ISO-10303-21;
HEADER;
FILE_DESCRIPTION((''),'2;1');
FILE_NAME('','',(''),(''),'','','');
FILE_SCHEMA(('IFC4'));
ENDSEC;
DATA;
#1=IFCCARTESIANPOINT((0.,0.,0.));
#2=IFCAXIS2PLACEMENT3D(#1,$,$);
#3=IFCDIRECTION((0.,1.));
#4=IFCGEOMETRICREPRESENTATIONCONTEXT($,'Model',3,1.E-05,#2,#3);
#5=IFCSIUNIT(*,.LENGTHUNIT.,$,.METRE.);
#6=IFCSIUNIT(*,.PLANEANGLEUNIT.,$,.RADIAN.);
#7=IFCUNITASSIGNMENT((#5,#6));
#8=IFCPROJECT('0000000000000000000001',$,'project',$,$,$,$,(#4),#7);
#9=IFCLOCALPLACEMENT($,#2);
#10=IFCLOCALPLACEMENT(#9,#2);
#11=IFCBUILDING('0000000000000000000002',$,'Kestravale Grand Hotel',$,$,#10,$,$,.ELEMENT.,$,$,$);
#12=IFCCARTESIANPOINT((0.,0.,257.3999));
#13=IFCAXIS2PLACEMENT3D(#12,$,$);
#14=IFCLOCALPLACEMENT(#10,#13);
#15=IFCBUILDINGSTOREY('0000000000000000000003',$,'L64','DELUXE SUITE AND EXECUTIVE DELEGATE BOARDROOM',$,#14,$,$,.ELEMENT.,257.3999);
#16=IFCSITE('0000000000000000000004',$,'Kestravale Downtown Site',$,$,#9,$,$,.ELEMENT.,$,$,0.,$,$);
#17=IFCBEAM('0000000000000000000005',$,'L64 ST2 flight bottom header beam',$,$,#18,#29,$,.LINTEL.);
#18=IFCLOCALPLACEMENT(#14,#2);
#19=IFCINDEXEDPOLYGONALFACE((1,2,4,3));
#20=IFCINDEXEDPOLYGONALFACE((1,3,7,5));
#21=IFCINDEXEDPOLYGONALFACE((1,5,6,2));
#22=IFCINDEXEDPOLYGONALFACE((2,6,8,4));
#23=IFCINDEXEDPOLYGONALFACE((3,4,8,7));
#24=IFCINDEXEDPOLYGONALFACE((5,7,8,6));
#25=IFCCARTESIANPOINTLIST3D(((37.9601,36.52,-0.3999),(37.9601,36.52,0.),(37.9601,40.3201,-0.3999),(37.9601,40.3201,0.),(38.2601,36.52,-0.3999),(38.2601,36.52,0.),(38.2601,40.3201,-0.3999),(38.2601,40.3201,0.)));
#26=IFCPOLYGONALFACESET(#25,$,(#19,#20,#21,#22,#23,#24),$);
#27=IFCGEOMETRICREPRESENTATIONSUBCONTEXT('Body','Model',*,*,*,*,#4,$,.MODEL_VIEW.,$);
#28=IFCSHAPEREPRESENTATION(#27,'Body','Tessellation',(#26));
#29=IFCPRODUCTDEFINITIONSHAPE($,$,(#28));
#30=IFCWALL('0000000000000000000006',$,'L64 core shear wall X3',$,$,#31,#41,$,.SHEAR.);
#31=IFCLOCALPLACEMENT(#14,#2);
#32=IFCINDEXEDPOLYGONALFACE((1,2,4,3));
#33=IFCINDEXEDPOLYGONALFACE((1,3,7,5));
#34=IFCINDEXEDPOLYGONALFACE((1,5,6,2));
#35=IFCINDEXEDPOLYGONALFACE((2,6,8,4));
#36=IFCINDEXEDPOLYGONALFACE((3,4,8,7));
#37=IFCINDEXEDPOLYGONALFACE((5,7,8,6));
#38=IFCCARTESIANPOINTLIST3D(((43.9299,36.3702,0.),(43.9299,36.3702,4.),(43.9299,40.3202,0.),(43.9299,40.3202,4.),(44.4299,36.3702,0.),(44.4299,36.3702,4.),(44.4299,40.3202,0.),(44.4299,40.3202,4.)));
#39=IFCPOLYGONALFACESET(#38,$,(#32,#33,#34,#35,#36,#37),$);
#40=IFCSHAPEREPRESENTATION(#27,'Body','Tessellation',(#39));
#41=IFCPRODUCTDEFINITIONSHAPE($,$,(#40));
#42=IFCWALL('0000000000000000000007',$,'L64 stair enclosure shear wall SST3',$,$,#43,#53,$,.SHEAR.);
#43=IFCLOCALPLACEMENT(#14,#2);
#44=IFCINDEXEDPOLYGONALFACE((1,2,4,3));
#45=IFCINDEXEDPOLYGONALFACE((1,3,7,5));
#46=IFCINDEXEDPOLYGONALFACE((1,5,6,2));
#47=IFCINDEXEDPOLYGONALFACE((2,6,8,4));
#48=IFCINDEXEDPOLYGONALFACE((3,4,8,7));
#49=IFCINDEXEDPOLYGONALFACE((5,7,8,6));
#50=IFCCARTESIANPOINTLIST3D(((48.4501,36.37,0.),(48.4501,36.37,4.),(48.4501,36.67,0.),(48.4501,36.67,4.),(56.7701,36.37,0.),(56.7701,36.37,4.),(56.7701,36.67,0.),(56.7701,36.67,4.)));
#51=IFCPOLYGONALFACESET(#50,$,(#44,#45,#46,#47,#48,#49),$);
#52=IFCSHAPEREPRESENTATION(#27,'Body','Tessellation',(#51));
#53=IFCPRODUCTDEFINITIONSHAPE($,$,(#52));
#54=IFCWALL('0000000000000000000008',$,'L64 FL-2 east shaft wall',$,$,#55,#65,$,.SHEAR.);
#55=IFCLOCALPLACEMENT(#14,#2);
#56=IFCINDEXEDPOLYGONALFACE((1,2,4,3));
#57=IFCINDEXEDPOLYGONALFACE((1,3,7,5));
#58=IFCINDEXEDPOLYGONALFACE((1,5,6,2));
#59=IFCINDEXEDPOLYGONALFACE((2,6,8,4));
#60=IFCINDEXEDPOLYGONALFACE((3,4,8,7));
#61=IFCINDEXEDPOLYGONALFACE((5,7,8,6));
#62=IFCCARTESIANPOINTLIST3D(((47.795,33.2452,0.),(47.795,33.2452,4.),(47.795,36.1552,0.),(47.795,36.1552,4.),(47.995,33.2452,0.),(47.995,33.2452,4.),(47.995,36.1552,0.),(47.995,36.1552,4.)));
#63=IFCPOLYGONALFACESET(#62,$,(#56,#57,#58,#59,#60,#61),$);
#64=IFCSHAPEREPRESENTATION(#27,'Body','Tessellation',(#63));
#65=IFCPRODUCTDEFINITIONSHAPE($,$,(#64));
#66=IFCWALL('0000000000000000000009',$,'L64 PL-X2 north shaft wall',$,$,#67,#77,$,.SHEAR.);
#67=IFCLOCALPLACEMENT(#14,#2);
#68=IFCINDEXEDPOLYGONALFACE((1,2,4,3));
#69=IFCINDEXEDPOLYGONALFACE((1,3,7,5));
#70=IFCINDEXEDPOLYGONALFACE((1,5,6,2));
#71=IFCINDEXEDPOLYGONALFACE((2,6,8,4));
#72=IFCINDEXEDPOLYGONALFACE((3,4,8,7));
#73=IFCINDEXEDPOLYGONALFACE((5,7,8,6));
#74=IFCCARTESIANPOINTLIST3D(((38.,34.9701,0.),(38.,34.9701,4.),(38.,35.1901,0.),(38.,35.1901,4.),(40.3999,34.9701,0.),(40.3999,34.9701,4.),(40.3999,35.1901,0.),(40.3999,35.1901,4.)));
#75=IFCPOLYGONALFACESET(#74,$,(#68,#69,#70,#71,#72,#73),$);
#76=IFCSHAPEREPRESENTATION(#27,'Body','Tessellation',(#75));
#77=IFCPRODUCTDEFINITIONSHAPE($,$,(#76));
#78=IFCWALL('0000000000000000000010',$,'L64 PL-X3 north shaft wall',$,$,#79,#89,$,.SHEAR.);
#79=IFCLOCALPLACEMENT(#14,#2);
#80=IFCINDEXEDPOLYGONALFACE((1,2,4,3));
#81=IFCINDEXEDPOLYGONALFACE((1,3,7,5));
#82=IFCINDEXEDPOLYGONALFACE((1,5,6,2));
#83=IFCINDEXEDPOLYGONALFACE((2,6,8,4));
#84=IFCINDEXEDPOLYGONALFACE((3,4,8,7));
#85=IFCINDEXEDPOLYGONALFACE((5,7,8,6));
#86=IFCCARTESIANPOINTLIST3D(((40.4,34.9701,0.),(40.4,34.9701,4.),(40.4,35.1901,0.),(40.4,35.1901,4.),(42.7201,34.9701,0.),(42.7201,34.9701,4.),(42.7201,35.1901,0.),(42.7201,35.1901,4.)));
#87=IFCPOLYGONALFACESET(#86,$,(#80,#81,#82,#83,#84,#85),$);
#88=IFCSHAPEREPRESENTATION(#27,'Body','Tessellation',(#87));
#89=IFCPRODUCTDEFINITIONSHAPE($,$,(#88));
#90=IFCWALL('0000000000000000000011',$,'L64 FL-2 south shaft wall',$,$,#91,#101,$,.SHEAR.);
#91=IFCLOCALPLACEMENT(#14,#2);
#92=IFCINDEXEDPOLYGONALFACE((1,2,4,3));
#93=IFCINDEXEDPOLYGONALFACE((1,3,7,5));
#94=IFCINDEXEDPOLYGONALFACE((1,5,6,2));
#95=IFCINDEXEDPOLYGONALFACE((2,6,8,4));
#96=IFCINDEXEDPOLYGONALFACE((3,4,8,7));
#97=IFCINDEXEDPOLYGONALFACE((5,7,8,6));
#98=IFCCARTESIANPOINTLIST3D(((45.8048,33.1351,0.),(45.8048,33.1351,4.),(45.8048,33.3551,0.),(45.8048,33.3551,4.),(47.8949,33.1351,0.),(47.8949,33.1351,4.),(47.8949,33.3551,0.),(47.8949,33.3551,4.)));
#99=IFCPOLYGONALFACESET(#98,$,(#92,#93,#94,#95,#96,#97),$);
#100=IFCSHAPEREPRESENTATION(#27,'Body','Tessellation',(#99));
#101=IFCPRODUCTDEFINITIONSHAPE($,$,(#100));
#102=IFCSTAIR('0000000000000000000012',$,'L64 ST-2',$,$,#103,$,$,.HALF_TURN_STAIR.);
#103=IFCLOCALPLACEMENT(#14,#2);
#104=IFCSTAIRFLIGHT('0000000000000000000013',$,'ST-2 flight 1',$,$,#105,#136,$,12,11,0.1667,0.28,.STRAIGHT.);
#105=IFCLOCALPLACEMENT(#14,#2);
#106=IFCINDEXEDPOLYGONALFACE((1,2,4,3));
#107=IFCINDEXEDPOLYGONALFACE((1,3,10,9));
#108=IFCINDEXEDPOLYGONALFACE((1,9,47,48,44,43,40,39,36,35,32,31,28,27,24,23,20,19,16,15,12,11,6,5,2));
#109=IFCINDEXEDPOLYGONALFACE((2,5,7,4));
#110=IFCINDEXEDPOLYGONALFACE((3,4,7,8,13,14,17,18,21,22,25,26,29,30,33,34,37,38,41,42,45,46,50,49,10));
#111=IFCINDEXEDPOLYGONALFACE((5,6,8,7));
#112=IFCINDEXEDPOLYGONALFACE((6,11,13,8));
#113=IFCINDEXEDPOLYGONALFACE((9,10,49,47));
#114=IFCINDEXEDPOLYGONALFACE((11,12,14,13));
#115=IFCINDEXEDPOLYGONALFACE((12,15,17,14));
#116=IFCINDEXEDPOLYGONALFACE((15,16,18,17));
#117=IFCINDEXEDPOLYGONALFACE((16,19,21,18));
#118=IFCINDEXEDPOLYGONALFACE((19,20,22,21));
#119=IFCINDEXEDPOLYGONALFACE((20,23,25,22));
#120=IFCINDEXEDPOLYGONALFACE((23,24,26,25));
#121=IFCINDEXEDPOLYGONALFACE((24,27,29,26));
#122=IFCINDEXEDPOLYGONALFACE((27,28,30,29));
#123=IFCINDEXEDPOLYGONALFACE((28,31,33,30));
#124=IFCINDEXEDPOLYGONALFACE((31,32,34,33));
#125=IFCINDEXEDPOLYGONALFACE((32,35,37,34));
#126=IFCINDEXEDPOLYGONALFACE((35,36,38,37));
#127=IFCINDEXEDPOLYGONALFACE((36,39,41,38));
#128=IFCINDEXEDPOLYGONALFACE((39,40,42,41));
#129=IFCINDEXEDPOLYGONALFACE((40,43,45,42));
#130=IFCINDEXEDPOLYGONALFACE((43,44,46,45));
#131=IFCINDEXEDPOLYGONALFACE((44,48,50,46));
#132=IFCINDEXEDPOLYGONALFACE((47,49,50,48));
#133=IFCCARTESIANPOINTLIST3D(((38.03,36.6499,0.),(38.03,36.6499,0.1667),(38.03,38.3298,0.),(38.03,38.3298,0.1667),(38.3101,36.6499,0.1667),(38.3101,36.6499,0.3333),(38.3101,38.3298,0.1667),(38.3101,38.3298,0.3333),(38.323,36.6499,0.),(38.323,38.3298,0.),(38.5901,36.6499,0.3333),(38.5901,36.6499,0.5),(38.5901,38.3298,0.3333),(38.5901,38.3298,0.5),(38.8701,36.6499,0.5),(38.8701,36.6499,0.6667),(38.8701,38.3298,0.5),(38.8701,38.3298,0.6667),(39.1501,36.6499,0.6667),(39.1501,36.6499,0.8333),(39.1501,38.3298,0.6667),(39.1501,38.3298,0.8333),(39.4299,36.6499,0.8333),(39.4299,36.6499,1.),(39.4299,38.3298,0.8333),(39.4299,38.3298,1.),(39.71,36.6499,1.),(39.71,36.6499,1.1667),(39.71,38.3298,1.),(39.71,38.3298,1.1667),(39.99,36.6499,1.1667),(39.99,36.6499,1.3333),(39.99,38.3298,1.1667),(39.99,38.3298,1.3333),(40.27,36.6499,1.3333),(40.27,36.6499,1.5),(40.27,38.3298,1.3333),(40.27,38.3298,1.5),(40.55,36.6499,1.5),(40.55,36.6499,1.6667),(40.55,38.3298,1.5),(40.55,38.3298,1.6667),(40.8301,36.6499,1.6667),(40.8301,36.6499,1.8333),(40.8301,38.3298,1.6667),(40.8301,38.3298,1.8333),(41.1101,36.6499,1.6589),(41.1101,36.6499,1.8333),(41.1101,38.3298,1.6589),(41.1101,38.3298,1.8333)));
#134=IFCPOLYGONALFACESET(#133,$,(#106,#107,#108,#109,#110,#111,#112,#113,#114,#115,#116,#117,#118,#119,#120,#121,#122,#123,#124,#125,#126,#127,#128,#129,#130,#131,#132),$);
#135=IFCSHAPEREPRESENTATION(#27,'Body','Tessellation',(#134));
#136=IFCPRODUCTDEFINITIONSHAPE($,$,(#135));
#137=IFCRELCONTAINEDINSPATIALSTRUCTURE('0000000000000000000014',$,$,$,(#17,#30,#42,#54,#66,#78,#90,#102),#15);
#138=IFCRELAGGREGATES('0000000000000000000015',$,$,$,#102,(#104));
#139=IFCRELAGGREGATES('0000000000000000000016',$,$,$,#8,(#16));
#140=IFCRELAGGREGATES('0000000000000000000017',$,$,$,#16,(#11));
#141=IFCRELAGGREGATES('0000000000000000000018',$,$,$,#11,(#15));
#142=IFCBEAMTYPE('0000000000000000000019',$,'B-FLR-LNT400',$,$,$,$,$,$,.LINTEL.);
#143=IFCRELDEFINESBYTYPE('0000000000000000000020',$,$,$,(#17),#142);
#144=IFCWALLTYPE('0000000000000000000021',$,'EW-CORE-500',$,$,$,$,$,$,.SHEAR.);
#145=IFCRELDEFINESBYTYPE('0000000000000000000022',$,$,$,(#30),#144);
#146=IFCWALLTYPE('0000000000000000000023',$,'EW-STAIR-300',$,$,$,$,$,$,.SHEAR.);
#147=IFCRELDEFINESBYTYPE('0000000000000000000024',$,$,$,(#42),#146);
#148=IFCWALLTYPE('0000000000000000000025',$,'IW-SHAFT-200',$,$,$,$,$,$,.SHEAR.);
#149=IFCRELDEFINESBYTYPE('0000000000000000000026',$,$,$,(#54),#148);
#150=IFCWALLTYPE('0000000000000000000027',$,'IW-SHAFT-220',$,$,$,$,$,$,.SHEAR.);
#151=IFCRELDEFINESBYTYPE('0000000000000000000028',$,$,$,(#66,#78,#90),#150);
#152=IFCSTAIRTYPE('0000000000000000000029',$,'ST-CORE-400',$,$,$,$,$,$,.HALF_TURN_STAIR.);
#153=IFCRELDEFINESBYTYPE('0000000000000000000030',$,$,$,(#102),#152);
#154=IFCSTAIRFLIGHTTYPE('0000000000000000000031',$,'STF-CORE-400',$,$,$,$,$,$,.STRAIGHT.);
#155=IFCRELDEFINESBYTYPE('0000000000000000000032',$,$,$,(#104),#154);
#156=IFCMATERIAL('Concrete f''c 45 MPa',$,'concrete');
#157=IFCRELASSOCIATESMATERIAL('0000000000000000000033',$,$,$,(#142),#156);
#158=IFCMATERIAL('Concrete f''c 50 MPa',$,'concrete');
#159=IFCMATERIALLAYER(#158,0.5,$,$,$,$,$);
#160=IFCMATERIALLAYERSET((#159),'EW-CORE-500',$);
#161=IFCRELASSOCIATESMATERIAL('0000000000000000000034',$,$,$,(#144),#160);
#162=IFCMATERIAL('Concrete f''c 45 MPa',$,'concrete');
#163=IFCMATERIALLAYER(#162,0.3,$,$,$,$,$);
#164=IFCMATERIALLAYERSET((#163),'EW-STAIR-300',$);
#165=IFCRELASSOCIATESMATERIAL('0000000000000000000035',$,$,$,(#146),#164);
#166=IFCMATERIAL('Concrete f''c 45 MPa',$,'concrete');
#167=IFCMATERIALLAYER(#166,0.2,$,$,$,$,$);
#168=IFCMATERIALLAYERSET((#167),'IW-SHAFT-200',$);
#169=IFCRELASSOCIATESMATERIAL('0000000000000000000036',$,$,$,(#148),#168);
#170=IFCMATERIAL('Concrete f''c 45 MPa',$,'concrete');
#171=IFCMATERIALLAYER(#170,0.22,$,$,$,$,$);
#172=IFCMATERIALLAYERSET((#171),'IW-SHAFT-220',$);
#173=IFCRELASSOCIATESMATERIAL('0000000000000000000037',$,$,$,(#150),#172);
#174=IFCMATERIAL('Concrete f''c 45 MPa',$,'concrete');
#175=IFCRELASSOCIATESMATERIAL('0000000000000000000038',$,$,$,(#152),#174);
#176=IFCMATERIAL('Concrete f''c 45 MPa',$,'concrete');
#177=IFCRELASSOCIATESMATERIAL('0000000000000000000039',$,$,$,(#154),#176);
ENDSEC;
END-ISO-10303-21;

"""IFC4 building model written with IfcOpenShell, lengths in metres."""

from ifc_helpers import new_model, si_unit, direction, frame, frame_2d, origin, origin_2d, place, context, subcontext, project, spatial, polyline, rectangle, outline, extrude, material, layer, layer_set, material_profile, profile_set, type_object, element, aggregate, save


model = new_model("IFC4")

# Units and contexts
model_context = context("Model", 3, precision=1e-05, world=origin(), true_north=direction((0.0, 1.0)))
body_context = subcontext(model_context, "Body", "Model", "MODEL_VIEW")
ifc_project = project(units=[si_unit("LENGTHUNIT", "METRE"), si_unit("PLANEANGLEUNIT", "RADIAN")], contexts=[model_context])

# Site, building, storey
site_placement = place(None, origin())
site = spatial("IfcSite", under=ifc_project, at=site_placement, Name="Kestravale Downtown Site", CompositionType="ELEMENT", RefElevation=0.0)
building_placement = place(site_placement, origin())
building = spatial("IfcBuilding", under=site, at=building_placement, Name="Kestravale Grand Hotel", CompositionType="ELEMENT")
storey_placement = place(building_placement, frame((0.0, 0.0, 257.3999)))
storey = spatial("IfcBuildingStorey", under=building, at=storey_placement, Name="L64", Description="DELUXE SUITE AND EXECUTIVE DELEGATE BOARDROOM", CompositionType="ELEMENT", Elevation=257.3999)

# Beam
ifc_material_1 = material(Name="Concrete f'c 45 MPa", Category="concrete")
ifc_material_profile = material_profile(ifc_material_1, rectangle(XDim=0.3, YDim=0.3999, at=origin_2d()))
ifc_profile_set = profile_set([ifc_material_profile], Name="Concrete f'c 45 MPa")
beam_type = type_object("IfcBeamType", Name="B-FLR-LNT400", PredefinedType="LINTEL", material=ifc_profile_set)
beam_placement = place(storey_placement, frame((38.1101, 36.52, -0.2), z_axis=(0.0, 1.0, 0.0), x_axis=(-1.0, 0.0, 0.0)))
element("IfcBeam", 1, at=beam_placement, inside=storey, type_object=beam_type, Name="L64 ST2 flight bottom header beam", PredefinedType="LINTEL", context=body_context, shape_type="SweptSolid", body=[
    extrude(rectangle(XDim=0.3, YDim=0.3999, at=origin_2d()), origin(), (0.0, 0.0, 1.0), 3.8),
])

# Walls
ifc_material_2 = material(Name="Concrete f'c 50 MPa", Category="concrete")
ifc_layer_1 = layer(ifc_material_2, 0.5)
ifc_layer_set_1 = layer_set([ifc_layer_1], Name="EW-CORE-500")
wall_type_1 = type_object("IfcWallType", Name="EW-CORE-500", PredefinedType="SHEAR", material=ifc_layer_set_1)
wall_1_placement = place(storey_placement, frame((44.1799, 36.3701, 0.0), z_axis=(0.0, 0.0, 1.0), x_axis=(0.0, 1.0, 0.0)))
element("IfcWall", 2, at=wall_1_placement, inside=storey, type_object=wall_type_1, Name="L64 core shear wall X3", PredefinedType="SHEAR", context=body_context, shape_type="SweptSolid", body=[
    extrude(rectangle(XDim=3.95, YDim=0.5, at=frame_2d((1.9751, 0.0))), origin(), (0.0, 0.0, 1.0), 4.0),
])
ifc_material_3 = material(Name="Concrete f'c 45 MPa", Category="concrete")
ifc_layer_2 = layer(ifc_material_3, 0.3)
ifc_layer_set_2 = layer_set([ifc_layer_2], Name="EW-STAIR-300")
wall_type_2 = type_object("IfcWallType", Name="EW-STAIR-300", PredefinedType="SHEAR", material=ifc_layer_set_2)
wall_2_placement = place(storey_placement, frame((48.45, 36.52, 0.0), z_axis=(0.0, 0.0, 1.0), x_axis=(1.0, 0.0, 0.0)))
element("IfcWall", 3, at=wall_2_placement, inside=storey, type_object=wall_type_2, Name="L64 stair enclosure shear wall SST3", PredefinedType="SHEAR", context=body_context, shape_type="SweptSolid", body=[
    extrude(rectangle(XDim=8.3201, YDim=0.3, at=frame_2d((4.1602, 0.0))), origin(), (0.0, 0.0, 1.0), 4.0),
])

# Walls
ifc_material_4 = material(Name="Concrete f'c 45 MPa", Category="concrete")
ifc_layer_3 = layer(ifc_material_4, 0.2)
ifc_layer_set_3 = layer_set([ifc_layer_3], Name="IW-SHAFT-200")
wall_type_3 = type_object("IfcWallType", Name="IW-SHAFT-200", PredefinedType="SHEAR", material=ifc_layer_set_3)
wall_3_placement = place(storey_placement, frame((47.895, 33.2451, 0.0), z_axis=(0.0, 0.0, 1.0), x_axis=(0.0, 1.0, 0.0)))
element("IfcWall", 4, at=wall_3_placement, inside=storey, type_object=wall_type_3, Name="L64 FL-2 east shaft wall", PredefinedType="SHEAR", context=body_context, shape_type="SweptSolid", body=[
    extrude(rectangle(XDim=2.9099, YDim=0.2, at=frame_2d((1.4551, 0.0))), origin(), (0.0, 0.0, 1.0), 4.0),
])
ifc_material_5 = material(Name="Concrete f'c 45 MPa", Category="concrete")
ifc_layer_4 = layer(ifc_material_5, 0.22)
ifc_layer_set_4 = layer_set([ifc_layer_4], Name="IW-SHAFT-220")
wall_type_4 = type_object("IfcWallType", Name="IW-SHAFT-220", PredefinedType="SHEAR", material=ifc_layer_set_4)
wall_4_placement = place(storey_placement, frame((38.0, 35.0801, 0.0), z_axis=(0.0, 0.0, 1.0), x_axis=(1.0, 0.0, 0.0)))
element("IfcWall", 5, at=wall_4_placement, inside=storey, type_object=wall_type_4, Name="L64 PL-X2 north shaft wall", PredefinedType="SHEAR", context=body_context, shape_type="SweptSolid", body=[
    extrude(rectangle(XDim=2.3999, YDim=0.22, at=frame_2d((1.2, 0.0))), origin(), (0.0, 0.0, 1.0), 4.0),
])
wall_5_placement = place(storey_placement, frame((40.3999, 35.0801, 0.0), z_axis=(0.0, 0.0, 1.0), x_axis=(1.0, 0.0, 0.0)))
element("IfcWall", 6, at=wall_5_placement, inside=storey, type_object=wall_type_4, Name="L64 PL-X3 north shaft wall", PredefinedType="SHEAR", context=body_context, shape_type="SweptSolid", body=[
    extrude(rectangle(XDim=2.3201, YDim=0.22, at=frame_2d((1.1602, 0.0))), origin(), (0.0, 0.0, 1.0), 4.0),
])

# Wall
wall_6_placement = place(storey_placement, frame((45.8049, 33.2451, 0.0), z_axis=(0.0, 0.0, 1.0), x_axis=(1.0, 0.0, 0.0)))
element("IfcWall", 7, at=wall_6_placement, inside=storey, type_object=wall_type_4, Name="L64 FL-2 south shaft wall", PredefinedType="SHEAR", context=body_context, shape_type="SweptSolid", body=[
    extrude(rectangle(XDim=2.0901, YDim=0.22, at=frame_2d((1.0449, 0.0))), origin(), (0.0, 0.0, 1.0), 4.0),
])

# Stair, stair flight
ifc_material_6 = material(Name="Concrete f'c 45 MPa", Category="concrete")
stair_type = type_object("IfcStairType", Name="ST-CORE-400", PredefinedType="HALF_TURN_STAIR", material=ifc_material_6)
stair_placement = place(storey_placement, origin())
stair = element("IfcStair", 8, at=stair_placement, inside=storey, type_object=stair_type, Name="L64 ST-2", PredefinedType="HALF_TURN_STAIR")
ifc_material_7 = material(Name="Concrete f'c 45 MPa", Category="concrete")
stair_flight_type = type_object("IfcStairFlightType", Name="STF-CORE-400", PredefinedType="STRAIGHT", material=ifc_material_7)
stair_flight_placement = place(storey_placement, frame((38.03, 37.49, 0.0), z_axis=(0.0, 0.0, 1.0), x_axis=(1.0, 0.0, 0.0)))
stair_flight = element("IfcStairFlight", 9, at=stair_flight_placement, type_object=stair_flight_type, Name="ST-2 flight 1", NumberOfRisers=12, NumberOfTreads=11, PredefinedType="STRAIGHT", RiserHeight=0.1667, TreadLength=0.28, context=body_context, shape_type="SweptSolid", body=[
    extrude(outline(polyline([(0.0, 0.0), (0.0, 0.1667), (0.28, 0.1667), (0.28, 0.3333), (0.5601, 0.3333), (0.5601, 0.5), (0.8401, 0.5), (0.8401, 0.6667), (1.1201, 0.6667), (1.1201, 0.8333), (1.3999, 0.8333), (1.3999, 1.0), (1.6799, 1.0), (1.6799, 1.1667), (1.96, 1.1667), (1.96, 1.3333), (2.24, 1.3333), (2.24, 1.5), (2.52, 1.5), (2.52, 1.6667), (2.8, 1.6667), (2.8, 1.8333), (3.0801, 1.8333), (3.0801, 2.0), (3.0801, 1.6589), (0.293, 0.0), (0.0, 0.0)])), frame((0.0, 0.8398, 0.0), z_axis=(0.0, -1.0, 0.0), x_axis=(1.0, 0.0, 0.0)), (0.0, 0.0, 1.0), 1.6799),
])
aggregate(stair, [stair_flight])

save(model, "model.ifc")
